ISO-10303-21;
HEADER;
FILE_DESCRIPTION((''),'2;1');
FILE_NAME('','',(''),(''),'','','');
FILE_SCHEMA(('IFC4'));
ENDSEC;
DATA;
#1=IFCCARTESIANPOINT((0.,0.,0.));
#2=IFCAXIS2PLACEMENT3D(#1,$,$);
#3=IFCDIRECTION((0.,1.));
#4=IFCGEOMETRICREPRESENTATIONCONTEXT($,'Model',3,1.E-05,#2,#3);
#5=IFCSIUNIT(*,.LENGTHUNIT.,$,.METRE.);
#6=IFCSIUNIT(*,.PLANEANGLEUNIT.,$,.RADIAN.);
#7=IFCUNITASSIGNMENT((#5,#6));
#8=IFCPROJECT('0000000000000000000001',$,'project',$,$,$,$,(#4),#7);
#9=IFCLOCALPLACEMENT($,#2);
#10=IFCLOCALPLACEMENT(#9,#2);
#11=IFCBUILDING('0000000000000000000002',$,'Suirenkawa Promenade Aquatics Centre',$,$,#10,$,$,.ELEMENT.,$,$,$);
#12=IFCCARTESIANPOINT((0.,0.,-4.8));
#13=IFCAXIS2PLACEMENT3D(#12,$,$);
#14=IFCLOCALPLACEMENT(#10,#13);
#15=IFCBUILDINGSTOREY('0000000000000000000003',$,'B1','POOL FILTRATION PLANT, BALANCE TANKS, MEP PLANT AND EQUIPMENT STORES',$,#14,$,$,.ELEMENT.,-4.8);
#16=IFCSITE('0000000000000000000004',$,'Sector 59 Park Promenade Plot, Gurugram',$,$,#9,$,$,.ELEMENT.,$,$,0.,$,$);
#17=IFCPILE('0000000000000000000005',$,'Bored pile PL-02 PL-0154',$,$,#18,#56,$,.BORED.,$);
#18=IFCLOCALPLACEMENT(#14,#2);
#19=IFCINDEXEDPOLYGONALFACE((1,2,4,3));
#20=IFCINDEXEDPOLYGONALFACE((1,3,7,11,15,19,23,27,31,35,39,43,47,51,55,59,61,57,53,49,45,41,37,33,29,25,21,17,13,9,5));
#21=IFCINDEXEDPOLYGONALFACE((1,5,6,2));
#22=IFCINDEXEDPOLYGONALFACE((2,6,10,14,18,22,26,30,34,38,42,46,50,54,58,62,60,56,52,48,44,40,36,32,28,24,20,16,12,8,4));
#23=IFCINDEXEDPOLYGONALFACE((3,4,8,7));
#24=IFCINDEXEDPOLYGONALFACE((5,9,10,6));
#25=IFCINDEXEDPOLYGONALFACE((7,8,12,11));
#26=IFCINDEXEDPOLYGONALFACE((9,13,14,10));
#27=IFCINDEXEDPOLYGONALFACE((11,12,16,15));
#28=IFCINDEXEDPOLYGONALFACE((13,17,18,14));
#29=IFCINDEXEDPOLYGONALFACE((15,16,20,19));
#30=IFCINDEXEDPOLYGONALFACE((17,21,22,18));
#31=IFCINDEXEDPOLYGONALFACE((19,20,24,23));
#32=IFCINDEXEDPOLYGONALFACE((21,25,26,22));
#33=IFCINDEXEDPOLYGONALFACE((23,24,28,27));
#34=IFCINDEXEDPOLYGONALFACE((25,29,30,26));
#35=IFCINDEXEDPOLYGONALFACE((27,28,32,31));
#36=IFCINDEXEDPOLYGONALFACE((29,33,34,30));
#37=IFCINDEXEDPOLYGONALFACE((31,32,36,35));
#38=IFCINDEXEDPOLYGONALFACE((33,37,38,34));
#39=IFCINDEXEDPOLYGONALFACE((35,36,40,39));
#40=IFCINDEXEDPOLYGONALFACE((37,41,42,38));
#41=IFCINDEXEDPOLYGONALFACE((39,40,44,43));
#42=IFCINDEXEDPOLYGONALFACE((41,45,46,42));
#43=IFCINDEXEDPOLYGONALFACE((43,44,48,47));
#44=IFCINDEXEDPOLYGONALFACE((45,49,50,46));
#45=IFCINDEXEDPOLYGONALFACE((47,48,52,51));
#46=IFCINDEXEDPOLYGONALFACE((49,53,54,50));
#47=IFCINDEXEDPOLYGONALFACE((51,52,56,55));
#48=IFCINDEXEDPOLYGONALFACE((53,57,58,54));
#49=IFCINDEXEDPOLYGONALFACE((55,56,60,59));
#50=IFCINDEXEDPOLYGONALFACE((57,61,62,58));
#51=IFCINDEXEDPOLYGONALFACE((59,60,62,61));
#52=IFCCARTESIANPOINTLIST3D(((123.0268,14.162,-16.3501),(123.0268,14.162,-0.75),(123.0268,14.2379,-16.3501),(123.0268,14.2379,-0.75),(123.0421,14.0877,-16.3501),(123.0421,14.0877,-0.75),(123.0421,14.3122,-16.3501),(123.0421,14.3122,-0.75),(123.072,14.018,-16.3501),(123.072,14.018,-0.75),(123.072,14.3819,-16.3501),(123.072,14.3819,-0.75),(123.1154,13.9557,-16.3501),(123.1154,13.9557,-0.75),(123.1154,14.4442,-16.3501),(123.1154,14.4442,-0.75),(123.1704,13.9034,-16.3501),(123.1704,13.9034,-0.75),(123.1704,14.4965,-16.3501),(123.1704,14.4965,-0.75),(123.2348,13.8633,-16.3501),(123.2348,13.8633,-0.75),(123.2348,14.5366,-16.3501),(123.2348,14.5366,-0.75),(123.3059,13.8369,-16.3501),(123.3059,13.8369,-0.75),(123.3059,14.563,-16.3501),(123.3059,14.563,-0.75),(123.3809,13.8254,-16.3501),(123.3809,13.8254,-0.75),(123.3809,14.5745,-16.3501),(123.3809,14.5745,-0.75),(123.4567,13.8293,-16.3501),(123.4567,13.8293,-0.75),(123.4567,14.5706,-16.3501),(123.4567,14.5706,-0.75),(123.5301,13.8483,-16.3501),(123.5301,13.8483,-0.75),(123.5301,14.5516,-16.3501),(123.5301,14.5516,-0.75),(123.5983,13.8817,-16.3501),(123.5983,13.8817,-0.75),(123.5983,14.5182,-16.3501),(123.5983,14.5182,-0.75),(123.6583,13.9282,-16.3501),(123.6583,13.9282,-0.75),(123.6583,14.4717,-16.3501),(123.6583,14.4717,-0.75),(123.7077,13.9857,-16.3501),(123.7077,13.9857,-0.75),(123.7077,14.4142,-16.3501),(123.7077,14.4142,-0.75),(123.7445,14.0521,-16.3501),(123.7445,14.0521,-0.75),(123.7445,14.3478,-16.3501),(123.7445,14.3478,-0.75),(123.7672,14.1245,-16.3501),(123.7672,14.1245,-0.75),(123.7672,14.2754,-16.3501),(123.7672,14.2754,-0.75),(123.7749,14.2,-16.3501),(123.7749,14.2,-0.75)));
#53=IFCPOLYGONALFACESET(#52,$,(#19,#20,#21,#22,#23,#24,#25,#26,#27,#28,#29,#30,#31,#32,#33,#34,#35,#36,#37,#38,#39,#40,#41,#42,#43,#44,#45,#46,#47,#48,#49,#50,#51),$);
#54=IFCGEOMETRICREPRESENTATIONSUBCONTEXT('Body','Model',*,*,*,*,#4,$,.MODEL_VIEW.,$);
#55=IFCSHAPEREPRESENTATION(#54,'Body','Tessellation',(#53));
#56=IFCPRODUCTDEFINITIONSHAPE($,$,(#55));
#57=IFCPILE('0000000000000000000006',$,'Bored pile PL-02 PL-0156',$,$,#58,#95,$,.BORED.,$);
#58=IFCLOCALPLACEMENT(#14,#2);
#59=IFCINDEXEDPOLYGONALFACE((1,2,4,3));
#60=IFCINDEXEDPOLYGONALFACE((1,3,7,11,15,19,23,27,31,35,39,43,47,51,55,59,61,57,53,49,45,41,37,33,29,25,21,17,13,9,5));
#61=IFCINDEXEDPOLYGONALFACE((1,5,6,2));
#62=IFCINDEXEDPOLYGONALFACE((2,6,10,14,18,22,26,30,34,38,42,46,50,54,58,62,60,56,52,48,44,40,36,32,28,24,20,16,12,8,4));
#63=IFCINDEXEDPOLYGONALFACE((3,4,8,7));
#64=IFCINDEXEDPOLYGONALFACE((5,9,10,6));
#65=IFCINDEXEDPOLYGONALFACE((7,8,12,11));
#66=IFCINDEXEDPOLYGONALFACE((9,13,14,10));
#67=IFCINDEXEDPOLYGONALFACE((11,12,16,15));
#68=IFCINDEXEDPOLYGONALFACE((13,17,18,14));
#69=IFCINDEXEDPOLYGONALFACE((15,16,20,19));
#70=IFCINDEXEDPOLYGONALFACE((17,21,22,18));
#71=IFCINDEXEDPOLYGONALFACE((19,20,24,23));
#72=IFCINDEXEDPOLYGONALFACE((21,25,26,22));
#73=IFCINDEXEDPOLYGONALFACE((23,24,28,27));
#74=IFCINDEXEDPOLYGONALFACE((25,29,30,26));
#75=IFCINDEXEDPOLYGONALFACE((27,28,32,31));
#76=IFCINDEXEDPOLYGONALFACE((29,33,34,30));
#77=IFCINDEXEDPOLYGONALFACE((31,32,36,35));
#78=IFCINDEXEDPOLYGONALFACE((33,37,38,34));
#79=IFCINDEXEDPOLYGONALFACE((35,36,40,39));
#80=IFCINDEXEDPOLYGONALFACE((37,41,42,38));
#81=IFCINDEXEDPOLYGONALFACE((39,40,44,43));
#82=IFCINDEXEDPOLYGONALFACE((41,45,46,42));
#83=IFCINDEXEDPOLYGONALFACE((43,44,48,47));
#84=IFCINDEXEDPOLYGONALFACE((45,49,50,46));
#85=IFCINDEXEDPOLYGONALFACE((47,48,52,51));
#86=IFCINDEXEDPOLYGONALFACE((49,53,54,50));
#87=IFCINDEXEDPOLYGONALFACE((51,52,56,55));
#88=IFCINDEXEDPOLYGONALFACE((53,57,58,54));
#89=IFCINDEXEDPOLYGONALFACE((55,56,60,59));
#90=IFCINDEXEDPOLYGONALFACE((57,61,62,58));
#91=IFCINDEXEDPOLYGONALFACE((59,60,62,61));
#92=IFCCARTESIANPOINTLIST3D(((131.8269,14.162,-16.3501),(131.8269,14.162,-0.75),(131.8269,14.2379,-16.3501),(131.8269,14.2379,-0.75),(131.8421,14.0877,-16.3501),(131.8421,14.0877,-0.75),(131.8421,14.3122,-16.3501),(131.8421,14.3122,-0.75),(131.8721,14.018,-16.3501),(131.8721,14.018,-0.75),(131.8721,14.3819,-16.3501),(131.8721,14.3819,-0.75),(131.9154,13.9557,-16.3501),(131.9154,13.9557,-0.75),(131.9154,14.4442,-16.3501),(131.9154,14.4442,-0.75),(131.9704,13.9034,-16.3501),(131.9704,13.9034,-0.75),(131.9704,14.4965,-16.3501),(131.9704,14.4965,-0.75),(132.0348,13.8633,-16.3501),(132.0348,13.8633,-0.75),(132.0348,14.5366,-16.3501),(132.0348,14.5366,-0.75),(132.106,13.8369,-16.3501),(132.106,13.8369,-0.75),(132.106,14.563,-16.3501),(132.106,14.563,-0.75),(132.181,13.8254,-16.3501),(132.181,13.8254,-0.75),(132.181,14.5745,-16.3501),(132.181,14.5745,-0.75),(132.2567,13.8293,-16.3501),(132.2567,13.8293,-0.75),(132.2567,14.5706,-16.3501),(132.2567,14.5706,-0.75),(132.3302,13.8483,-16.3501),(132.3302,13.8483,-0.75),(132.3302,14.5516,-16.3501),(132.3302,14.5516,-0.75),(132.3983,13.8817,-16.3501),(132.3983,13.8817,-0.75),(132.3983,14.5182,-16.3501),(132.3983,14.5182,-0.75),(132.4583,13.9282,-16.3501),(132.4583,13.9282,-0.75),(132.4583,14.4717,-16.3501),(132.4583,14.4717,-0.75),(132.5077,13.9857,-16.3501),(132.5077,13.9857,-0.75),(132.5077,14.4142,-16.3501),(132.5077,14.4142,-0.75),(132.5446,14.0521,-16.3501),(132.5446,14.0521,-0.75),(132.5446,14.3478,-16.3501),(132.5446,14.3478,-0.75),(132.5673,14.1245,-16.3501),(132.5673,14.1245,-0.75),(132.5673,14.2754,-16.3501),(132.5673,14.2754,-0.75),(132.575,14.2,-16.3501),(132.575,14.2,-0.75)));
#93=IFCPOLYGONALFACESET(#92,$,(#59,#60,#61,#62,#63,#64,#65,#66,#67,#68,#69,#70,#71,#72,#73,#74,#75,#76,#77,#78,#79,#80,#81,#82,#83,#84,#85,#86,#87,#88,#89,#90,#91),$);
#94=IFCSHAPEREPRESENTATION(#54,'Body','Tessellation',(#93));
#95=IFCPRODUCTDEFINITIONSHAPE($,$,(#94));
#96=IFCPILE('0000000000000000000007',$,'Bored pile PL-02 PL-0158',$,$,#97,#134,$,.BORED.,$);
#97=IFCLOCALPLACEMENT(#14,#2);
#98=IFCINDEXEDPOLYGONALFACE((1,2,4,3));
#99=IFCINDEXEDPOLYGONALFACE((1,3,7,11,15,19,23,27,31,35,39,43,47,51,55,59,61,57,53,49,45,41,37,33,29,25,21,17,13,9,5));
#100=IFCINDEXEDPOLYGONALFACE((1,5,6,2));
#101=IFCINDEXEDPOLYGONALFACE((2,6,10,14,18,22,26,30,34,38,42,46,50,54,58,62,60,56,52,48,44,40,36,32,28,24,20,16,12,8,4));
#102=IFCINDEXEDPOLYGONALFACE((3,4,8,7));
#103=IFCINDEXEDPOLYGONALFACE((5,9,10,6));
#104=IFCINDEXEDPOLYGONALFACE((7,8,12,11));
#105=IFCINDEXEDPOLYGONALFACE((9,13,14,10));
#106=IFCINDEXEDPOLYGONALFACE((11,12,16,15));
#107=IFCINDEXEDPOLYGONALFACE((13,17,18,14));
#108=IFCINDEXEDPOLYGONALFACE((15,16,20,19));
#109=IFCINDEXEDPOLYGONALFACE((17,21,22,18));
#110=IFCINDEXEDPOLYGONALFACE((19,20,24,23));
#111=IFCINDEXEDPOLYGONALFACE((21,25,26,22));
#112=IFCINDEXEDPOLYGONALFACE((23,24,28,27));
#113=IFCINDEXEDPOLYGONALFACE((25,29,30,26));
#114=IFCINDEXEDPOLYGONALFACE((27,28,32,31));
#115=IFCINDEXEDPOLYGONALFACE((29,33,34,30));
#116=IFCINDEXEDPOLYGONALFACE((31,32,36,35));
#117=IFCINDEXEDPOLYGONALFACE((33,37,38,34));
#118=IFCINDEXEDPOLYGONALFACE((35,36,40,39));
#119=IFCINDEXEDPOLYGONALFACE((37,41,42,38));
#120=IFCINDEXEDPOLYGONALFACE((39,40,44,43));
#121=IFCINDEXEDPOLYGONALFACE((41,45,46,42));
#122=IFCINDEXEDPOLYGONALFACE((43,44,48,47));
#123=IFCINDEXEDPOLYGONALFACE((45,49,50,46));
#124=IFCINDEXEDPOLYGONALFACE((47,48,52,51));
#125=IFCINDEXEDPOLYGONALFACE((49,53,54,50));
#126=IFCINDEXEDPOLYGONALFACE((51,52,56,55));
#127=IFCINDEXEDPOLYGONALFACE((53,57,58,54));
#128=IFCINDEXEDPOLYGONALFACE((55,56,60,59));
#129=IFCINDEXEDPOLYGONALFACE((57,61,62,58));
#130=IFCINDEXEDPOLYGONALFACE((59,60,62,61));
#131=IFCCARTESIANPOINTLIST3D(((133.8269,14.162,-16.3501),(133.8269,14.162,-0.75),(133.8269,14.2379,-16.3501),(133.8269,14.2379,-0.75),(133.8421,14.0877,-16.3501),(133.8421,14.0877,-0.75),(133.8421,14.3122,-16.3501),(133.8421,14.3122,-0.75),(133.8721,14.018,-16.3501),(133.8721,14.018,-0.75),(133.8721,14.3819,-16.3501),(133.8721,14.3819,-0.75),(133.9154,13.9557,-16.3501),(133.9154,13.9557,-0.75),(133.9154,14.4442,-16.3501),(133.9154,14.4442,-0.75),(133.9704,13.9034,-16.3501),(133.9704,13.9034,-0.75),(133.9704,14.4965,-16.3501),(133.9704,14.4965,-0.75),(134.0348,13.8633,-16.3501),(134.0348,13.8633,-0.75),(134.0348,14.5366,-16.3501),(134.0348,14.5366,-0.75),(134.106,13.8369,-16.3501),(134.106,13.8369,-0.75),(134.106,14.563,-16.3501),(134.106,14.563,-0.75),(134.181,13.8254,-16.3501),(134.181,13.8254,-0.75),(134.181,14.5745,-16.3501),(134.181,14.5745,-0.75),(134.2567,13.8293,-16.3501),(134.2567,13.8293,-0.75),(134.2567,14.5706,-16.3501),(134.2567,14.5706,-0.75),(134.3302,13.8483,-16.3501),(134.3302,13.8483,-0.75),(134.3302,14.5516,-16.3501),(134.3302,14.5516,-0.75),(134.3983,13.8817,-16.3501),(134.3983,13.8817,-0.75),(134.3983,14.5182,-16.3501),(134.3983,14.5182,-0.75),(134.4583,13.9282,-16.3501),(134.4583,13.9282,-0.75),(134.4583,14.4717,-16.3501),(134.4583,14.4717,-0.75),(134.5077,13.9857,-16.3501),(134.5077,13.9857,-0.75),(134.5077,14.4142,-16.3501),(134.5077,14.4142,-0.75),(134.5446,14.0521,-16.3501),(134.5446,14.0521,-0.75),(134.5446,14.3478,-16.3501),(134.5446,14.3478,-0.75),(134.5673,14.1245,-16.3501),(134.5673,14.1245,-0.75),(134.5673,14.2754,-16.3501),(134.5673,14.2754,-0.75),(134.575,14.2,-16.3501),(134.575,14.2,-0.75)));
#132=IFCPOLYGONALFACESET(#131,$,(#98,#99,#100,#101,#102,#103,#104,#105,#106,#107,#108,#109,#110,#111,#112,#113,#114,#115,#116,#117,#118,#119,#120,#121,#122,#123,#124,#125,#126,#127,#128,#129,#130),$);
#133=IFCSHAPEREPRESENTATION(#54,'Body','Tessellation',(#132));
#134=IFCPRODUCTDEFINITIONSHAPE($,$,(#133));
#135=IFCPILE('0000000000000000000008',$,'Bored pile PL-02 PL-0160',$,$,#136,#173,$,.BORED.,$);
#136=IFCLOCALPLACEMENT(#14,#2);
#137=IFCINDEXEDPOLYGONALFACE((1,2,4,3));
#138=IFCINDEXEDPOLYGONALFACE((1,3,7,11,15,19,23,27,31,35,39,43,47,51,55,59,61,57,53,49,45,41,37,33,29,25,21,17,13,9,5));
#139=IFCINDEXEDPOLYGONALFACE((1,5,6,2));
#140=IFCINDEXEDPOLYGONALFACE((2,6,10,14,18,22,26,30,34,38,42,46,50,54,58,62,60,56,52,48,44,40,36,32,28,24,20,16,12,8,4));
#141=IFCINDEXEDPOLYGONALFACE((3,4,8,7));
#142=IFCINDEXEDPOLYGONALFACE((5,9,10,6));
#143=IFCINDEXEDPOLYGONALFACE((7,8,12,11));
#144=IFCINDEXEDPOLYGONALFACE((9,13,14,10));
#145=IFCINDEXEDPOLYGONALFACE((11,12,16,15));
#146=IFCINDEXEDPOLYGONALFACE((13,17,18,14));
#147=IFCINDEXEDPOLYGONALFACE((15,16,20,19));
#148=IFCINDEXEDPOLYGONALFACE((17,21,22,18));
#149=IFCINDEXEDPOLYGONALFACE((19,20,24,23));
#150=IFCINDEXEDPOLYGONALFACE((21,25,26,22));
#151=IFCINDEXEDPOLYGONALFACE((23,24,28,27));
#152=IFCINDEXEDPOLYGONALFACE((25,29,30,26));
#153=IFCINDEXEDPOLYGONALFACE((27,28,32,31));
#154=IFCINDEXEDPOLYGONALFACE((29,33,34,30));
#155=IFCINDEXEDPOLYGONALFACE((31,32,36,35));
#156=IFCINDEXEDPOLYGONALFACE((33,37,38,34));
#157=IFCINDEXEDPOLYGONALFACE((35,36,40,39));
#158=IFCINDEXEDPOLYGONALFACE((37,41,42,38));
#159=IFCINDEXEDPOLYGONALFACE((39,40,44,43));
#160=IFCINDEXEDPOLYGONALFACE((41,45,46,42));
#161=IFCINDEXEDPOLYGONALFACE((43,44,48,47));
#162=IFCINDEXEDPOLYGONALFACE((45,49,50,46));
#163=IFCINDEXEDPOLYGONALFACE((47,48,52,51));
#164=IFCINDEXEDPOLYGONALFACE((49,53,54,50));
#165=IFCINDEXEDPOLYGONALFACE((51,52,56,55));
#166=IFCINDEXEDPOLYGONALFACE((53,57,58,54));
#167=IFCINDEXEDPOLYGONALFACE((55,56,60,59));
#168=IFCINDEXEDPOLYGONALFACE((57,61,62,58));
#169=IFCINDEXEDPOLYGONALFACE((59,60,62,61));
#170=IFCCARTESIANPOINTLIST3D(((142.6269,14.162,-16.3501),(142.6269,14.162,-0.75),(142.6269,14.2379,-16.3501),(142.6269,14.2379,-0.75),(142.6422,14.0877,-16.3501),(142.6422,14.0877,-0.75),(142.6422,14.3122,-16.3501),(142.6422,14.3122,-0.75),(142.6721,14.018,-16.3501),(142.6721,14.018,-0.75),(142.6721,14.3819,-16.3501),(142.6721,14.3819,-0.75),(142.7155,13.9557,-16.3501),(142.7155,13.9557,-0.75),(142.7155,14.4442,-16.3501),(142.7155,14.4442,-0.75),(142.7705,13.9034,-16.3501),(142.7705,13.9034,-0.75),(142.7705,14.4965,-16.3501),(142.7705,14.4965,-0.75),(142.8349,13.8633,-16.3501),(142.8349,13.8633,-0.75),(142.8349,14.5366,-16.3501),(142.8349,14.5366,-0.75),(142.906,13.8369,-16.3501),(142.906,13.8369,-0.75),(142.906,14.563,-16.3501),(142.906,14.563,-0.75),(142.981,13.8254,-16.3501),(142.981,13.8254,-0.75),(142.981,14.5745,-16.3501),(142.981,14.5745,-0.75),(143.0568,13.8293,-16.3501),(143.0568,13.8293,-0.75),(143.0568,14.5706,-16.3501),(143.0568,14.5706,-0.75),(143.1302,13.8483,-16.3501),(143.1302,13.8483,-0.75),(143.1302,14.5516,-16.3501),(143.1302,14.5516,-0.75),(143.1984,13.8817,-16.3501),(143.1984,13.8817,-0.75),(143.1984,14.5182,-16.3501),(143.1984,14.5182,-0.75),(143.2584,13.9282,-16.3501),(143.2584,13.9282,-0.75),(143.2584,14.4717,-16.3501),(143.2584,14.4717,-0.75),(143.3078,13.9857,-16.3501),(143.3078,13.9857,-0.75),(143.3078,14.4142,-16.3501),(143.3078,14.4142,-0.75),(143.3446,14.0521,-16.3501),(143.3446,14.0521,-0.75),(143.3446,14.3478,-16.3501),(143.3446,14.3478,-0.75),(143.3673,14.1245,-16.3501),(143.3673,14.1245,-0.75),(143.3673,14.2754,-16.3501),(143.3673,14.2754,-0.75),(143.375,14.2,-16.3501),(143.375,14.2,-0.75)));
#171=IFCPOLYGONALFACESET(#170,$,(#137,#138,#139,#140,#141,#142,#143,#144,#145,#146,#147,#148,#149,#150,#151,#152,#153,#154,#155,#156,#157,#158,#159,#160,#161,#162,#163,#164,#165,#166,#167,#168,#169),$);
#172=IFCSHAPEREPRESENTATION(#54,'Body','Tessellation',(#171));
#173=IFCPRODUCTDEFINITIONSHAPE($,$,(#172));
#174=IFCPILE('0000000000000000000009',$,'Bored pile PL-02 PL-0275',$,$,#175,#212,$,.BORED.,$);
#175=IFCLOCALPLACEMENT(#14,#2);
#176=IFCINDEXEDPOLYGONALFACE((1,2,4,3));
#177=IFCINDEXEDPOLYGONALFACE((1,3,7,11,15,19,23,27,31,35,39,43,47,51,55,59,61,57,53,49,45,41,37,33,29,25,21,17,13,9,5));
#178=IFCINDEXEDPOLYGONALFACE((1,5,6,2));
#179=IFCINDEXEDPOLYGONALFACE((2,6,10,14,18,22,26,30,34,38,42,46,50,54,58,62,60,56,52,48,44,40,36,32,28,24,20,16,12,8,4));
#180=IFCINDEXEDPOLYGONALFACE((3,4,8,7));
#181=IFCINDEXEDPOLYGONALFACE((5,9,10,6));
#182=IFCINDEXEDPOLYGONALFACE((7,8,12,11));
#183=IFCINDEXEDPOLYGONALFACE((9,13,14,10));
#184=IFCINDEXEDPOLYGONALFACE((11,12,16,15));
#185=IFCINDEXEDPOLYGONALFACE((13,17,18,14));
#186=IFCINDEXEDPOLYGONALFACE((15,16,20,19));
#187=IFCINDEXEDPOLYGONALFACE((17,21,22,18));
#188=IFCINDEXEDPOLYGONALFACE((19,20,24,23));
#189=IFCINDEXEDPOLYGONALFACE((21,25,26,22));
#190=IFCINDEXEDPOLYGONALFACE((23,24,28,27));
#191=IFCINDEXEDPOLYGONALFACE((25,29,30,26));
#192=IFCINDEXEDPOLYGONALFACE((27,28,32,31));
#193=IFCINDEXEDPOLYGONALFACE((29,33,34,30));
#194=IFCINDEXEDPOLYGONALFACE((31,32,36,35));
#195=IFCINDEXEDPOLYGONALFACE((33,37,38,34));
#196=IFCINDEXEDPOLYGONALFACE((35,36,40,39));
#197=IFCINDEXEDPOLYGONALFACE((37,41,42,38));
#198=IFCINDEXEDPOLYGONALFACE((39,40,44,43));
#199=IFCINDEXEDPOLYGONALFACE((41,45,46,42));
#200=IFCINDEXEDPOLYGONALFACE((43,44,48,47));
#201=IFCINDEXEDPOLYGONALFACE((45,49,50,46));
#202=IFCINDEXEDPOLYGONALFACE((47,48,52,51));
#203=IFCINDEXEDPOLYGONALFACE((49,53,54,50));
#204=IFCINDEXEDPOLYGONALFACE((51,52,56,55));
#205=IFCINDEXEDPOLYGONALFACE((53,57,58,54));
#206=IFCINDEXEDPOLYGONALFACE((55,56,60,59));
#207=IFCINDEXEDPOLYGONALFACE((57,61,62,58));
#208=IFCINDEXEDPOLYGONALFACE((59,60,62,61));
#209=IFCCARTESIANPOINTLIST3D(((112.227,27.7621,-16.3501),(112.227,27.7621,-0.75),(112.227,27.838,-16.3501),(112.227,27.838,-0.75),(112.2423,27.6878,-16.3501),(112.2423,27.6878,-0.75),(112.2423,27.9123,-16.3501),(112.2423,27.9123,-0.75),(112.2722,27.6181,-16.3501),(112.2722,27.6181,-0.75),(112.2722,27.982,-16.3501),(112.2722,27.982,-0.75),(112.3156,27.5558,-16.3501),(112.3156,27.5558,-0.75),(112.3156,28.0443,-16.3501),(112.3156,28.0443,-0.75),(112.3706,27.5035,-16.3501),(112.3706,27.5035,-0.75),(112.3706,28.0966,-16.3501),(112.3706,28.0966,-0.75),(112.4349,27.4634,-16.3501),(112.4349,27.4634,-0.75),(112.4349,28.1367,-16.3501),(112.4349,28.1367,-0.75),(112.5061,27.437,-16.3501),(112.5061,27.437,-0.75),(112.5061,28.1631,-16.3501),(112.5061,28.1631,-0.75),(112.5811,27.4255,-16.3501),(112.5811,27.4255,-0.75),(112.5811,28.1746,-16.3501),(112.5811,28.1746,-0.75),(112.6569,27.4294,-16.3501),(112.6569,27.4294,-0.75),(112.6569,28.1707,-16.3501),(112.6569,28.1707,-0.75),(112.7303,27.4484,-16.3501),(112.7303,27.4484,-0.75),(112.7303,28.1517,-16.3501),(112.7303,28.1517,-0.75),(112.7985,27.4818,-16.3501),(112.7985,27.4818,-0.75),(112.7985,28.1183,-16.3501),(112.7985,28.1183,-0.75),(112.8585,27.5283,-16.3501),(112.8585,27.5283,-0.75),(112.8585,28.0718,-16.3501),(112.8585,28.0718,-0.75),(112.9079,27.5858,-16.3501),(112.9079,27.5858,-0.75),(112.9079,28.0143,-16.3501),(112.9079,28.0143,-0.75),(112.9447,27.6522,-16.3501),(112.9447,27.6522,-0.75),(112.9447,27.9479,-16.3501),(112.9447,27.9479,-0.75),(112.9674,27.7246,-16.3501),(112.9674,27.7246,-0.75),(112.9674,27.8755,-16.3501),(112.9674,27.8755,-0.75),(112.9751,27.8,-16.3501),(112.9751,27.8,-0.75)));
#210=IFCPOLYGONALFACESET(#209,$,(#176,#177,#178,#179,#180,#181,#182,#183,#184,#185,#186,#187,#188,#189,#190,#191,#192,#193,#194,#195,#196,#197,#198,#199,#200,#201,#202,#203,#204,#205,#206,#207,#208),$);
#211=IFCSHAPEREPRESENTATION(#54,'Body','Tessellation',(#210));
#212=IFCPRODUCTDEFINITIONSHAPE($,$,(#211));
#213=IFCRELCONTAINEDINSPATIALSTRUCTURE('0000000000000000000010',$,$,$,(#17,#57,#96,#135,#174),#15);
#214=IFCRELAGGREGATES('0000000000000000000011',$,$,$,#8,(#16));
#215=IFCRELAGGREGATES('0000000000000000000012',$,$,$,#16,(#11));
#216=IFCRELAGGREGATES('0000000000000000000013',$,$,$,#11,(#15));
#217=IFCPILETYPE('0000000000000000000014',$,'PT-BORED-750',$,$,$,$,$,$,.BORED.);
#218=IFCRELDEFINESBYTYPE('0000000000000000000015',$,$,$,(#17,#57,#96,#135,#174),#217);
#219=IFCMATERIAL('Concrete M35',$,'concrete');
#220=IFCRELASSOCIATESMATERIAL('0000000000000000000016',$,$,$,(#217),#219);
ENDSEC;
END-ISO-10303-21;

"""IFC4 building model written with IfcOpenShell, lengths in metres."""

from ifc_helpers import new_model, si_unit, direction, frame, origin, origin_2d, place, context, subcontext, project, spatial, circle, extrude, material, material_profile, profile_set, type_object, element, save


model = new_model("IFC4")

# Units and contexts
model_context = context("Model", 3, precision=1e-05, world=origin(), true_north=direction((0.0, 1.0)))
body_context = subcontext(model_context, "Body", "Model", "MODEL_VIEW")
ifc_project = project(units=[si_unit("LENGTHUNIT", "METRE"), si_unit("PLANEANGLEUNIT", "RADIAN")], contexts=[model_context])

# Site, building, storey
site_placement = place(None, origin())
site = spatial("IfcSite", under=ifc_project, at=site_placement, Name="Sector 59 Park Promenade Plot, Gurugram", CompositionType="ELEMENT", RefElevation=0.0)
building_placement = place(site_placement, origin())
building = spatial("IfcBuilding", under=site, at=building_placement, Name="Suirenkawa Promenade Aquatics Centre", CompositionType="ELEMENT")
storey_placement = place(building_placement, frame((0.0, 0.0, -4.8)))
storey = spatial("IfcBuildingStorey", under=building, at=storey_placement, Name="B1", Description="POOL FILTRATION PLANT, BALANCE TANKS, MEP PLANT AND EQUIPMENT STORES", CompositionType="ELEMENT", Elevation=-4.8)

# Shared definitions
ifc_material_1 = material(Name="Concrete M35", Category="concrete")

# Piles
ifc_material_profile_1 = material_profile(ifc_material_1, circle(Radius=0.375, at=origin_2d()), Name="PILE D750", Category="concrete")
ifc_profile_set_1 = profile_set([ifc_material_profile_1], Name="Concrete M35")
pile_type_1 = type_object("IfcPileType", Name="PT-BORED-750", PredefinedType="BORED", material=ifc_profile_set_1)
for number, where, z_axis, x_axis, name in (
    (1, (123.3999, 14.2, -0.75), (0.0, 0.0, -1.0), (1.0, 0.0, 0.0), "Bored pile PL-02 PL-0154"),
    (2, (132.2, 14.2, -0.75), (0.0, 0.0, -1.0), (1.0, 0.0, 0.0), "Bored pile PL-02 PL-0156"),
    (3, (134.2, 14.2, -0.75), (0.0, 0.0, -1.0), (1.0, 0.0, 0.0), "Bored pile PL-02 PL-0158"),
    (4, (143.0, 14.2, -0.75), (0.0, 0.0, -1.0), (1.0, 0.0, 0.0), "Bored pile PL-02 PL-0160"),
    (5, (112.6001, 27.8, -0.75), (0.0, 0.0, -1.0), (1.0, 0.0, 0.0), "Bored pile PL-02 PL-0275"),
):
    element("IfcPile", number, at=place(storey_placement, frame(where, z_axis=z_axis, x_axis=x_axis)), inside=storey, type_object=pile_type_1, Name=name, PredefinedType="BORED", context=body_context, shape_type="SweptSolid", body=[
        extrude(circle(Radius=0.375, at=origin_2d()), origin(), (0.0, 0.0, 1.0), 15.6001),
    ])

save(model, "model.ifc")
